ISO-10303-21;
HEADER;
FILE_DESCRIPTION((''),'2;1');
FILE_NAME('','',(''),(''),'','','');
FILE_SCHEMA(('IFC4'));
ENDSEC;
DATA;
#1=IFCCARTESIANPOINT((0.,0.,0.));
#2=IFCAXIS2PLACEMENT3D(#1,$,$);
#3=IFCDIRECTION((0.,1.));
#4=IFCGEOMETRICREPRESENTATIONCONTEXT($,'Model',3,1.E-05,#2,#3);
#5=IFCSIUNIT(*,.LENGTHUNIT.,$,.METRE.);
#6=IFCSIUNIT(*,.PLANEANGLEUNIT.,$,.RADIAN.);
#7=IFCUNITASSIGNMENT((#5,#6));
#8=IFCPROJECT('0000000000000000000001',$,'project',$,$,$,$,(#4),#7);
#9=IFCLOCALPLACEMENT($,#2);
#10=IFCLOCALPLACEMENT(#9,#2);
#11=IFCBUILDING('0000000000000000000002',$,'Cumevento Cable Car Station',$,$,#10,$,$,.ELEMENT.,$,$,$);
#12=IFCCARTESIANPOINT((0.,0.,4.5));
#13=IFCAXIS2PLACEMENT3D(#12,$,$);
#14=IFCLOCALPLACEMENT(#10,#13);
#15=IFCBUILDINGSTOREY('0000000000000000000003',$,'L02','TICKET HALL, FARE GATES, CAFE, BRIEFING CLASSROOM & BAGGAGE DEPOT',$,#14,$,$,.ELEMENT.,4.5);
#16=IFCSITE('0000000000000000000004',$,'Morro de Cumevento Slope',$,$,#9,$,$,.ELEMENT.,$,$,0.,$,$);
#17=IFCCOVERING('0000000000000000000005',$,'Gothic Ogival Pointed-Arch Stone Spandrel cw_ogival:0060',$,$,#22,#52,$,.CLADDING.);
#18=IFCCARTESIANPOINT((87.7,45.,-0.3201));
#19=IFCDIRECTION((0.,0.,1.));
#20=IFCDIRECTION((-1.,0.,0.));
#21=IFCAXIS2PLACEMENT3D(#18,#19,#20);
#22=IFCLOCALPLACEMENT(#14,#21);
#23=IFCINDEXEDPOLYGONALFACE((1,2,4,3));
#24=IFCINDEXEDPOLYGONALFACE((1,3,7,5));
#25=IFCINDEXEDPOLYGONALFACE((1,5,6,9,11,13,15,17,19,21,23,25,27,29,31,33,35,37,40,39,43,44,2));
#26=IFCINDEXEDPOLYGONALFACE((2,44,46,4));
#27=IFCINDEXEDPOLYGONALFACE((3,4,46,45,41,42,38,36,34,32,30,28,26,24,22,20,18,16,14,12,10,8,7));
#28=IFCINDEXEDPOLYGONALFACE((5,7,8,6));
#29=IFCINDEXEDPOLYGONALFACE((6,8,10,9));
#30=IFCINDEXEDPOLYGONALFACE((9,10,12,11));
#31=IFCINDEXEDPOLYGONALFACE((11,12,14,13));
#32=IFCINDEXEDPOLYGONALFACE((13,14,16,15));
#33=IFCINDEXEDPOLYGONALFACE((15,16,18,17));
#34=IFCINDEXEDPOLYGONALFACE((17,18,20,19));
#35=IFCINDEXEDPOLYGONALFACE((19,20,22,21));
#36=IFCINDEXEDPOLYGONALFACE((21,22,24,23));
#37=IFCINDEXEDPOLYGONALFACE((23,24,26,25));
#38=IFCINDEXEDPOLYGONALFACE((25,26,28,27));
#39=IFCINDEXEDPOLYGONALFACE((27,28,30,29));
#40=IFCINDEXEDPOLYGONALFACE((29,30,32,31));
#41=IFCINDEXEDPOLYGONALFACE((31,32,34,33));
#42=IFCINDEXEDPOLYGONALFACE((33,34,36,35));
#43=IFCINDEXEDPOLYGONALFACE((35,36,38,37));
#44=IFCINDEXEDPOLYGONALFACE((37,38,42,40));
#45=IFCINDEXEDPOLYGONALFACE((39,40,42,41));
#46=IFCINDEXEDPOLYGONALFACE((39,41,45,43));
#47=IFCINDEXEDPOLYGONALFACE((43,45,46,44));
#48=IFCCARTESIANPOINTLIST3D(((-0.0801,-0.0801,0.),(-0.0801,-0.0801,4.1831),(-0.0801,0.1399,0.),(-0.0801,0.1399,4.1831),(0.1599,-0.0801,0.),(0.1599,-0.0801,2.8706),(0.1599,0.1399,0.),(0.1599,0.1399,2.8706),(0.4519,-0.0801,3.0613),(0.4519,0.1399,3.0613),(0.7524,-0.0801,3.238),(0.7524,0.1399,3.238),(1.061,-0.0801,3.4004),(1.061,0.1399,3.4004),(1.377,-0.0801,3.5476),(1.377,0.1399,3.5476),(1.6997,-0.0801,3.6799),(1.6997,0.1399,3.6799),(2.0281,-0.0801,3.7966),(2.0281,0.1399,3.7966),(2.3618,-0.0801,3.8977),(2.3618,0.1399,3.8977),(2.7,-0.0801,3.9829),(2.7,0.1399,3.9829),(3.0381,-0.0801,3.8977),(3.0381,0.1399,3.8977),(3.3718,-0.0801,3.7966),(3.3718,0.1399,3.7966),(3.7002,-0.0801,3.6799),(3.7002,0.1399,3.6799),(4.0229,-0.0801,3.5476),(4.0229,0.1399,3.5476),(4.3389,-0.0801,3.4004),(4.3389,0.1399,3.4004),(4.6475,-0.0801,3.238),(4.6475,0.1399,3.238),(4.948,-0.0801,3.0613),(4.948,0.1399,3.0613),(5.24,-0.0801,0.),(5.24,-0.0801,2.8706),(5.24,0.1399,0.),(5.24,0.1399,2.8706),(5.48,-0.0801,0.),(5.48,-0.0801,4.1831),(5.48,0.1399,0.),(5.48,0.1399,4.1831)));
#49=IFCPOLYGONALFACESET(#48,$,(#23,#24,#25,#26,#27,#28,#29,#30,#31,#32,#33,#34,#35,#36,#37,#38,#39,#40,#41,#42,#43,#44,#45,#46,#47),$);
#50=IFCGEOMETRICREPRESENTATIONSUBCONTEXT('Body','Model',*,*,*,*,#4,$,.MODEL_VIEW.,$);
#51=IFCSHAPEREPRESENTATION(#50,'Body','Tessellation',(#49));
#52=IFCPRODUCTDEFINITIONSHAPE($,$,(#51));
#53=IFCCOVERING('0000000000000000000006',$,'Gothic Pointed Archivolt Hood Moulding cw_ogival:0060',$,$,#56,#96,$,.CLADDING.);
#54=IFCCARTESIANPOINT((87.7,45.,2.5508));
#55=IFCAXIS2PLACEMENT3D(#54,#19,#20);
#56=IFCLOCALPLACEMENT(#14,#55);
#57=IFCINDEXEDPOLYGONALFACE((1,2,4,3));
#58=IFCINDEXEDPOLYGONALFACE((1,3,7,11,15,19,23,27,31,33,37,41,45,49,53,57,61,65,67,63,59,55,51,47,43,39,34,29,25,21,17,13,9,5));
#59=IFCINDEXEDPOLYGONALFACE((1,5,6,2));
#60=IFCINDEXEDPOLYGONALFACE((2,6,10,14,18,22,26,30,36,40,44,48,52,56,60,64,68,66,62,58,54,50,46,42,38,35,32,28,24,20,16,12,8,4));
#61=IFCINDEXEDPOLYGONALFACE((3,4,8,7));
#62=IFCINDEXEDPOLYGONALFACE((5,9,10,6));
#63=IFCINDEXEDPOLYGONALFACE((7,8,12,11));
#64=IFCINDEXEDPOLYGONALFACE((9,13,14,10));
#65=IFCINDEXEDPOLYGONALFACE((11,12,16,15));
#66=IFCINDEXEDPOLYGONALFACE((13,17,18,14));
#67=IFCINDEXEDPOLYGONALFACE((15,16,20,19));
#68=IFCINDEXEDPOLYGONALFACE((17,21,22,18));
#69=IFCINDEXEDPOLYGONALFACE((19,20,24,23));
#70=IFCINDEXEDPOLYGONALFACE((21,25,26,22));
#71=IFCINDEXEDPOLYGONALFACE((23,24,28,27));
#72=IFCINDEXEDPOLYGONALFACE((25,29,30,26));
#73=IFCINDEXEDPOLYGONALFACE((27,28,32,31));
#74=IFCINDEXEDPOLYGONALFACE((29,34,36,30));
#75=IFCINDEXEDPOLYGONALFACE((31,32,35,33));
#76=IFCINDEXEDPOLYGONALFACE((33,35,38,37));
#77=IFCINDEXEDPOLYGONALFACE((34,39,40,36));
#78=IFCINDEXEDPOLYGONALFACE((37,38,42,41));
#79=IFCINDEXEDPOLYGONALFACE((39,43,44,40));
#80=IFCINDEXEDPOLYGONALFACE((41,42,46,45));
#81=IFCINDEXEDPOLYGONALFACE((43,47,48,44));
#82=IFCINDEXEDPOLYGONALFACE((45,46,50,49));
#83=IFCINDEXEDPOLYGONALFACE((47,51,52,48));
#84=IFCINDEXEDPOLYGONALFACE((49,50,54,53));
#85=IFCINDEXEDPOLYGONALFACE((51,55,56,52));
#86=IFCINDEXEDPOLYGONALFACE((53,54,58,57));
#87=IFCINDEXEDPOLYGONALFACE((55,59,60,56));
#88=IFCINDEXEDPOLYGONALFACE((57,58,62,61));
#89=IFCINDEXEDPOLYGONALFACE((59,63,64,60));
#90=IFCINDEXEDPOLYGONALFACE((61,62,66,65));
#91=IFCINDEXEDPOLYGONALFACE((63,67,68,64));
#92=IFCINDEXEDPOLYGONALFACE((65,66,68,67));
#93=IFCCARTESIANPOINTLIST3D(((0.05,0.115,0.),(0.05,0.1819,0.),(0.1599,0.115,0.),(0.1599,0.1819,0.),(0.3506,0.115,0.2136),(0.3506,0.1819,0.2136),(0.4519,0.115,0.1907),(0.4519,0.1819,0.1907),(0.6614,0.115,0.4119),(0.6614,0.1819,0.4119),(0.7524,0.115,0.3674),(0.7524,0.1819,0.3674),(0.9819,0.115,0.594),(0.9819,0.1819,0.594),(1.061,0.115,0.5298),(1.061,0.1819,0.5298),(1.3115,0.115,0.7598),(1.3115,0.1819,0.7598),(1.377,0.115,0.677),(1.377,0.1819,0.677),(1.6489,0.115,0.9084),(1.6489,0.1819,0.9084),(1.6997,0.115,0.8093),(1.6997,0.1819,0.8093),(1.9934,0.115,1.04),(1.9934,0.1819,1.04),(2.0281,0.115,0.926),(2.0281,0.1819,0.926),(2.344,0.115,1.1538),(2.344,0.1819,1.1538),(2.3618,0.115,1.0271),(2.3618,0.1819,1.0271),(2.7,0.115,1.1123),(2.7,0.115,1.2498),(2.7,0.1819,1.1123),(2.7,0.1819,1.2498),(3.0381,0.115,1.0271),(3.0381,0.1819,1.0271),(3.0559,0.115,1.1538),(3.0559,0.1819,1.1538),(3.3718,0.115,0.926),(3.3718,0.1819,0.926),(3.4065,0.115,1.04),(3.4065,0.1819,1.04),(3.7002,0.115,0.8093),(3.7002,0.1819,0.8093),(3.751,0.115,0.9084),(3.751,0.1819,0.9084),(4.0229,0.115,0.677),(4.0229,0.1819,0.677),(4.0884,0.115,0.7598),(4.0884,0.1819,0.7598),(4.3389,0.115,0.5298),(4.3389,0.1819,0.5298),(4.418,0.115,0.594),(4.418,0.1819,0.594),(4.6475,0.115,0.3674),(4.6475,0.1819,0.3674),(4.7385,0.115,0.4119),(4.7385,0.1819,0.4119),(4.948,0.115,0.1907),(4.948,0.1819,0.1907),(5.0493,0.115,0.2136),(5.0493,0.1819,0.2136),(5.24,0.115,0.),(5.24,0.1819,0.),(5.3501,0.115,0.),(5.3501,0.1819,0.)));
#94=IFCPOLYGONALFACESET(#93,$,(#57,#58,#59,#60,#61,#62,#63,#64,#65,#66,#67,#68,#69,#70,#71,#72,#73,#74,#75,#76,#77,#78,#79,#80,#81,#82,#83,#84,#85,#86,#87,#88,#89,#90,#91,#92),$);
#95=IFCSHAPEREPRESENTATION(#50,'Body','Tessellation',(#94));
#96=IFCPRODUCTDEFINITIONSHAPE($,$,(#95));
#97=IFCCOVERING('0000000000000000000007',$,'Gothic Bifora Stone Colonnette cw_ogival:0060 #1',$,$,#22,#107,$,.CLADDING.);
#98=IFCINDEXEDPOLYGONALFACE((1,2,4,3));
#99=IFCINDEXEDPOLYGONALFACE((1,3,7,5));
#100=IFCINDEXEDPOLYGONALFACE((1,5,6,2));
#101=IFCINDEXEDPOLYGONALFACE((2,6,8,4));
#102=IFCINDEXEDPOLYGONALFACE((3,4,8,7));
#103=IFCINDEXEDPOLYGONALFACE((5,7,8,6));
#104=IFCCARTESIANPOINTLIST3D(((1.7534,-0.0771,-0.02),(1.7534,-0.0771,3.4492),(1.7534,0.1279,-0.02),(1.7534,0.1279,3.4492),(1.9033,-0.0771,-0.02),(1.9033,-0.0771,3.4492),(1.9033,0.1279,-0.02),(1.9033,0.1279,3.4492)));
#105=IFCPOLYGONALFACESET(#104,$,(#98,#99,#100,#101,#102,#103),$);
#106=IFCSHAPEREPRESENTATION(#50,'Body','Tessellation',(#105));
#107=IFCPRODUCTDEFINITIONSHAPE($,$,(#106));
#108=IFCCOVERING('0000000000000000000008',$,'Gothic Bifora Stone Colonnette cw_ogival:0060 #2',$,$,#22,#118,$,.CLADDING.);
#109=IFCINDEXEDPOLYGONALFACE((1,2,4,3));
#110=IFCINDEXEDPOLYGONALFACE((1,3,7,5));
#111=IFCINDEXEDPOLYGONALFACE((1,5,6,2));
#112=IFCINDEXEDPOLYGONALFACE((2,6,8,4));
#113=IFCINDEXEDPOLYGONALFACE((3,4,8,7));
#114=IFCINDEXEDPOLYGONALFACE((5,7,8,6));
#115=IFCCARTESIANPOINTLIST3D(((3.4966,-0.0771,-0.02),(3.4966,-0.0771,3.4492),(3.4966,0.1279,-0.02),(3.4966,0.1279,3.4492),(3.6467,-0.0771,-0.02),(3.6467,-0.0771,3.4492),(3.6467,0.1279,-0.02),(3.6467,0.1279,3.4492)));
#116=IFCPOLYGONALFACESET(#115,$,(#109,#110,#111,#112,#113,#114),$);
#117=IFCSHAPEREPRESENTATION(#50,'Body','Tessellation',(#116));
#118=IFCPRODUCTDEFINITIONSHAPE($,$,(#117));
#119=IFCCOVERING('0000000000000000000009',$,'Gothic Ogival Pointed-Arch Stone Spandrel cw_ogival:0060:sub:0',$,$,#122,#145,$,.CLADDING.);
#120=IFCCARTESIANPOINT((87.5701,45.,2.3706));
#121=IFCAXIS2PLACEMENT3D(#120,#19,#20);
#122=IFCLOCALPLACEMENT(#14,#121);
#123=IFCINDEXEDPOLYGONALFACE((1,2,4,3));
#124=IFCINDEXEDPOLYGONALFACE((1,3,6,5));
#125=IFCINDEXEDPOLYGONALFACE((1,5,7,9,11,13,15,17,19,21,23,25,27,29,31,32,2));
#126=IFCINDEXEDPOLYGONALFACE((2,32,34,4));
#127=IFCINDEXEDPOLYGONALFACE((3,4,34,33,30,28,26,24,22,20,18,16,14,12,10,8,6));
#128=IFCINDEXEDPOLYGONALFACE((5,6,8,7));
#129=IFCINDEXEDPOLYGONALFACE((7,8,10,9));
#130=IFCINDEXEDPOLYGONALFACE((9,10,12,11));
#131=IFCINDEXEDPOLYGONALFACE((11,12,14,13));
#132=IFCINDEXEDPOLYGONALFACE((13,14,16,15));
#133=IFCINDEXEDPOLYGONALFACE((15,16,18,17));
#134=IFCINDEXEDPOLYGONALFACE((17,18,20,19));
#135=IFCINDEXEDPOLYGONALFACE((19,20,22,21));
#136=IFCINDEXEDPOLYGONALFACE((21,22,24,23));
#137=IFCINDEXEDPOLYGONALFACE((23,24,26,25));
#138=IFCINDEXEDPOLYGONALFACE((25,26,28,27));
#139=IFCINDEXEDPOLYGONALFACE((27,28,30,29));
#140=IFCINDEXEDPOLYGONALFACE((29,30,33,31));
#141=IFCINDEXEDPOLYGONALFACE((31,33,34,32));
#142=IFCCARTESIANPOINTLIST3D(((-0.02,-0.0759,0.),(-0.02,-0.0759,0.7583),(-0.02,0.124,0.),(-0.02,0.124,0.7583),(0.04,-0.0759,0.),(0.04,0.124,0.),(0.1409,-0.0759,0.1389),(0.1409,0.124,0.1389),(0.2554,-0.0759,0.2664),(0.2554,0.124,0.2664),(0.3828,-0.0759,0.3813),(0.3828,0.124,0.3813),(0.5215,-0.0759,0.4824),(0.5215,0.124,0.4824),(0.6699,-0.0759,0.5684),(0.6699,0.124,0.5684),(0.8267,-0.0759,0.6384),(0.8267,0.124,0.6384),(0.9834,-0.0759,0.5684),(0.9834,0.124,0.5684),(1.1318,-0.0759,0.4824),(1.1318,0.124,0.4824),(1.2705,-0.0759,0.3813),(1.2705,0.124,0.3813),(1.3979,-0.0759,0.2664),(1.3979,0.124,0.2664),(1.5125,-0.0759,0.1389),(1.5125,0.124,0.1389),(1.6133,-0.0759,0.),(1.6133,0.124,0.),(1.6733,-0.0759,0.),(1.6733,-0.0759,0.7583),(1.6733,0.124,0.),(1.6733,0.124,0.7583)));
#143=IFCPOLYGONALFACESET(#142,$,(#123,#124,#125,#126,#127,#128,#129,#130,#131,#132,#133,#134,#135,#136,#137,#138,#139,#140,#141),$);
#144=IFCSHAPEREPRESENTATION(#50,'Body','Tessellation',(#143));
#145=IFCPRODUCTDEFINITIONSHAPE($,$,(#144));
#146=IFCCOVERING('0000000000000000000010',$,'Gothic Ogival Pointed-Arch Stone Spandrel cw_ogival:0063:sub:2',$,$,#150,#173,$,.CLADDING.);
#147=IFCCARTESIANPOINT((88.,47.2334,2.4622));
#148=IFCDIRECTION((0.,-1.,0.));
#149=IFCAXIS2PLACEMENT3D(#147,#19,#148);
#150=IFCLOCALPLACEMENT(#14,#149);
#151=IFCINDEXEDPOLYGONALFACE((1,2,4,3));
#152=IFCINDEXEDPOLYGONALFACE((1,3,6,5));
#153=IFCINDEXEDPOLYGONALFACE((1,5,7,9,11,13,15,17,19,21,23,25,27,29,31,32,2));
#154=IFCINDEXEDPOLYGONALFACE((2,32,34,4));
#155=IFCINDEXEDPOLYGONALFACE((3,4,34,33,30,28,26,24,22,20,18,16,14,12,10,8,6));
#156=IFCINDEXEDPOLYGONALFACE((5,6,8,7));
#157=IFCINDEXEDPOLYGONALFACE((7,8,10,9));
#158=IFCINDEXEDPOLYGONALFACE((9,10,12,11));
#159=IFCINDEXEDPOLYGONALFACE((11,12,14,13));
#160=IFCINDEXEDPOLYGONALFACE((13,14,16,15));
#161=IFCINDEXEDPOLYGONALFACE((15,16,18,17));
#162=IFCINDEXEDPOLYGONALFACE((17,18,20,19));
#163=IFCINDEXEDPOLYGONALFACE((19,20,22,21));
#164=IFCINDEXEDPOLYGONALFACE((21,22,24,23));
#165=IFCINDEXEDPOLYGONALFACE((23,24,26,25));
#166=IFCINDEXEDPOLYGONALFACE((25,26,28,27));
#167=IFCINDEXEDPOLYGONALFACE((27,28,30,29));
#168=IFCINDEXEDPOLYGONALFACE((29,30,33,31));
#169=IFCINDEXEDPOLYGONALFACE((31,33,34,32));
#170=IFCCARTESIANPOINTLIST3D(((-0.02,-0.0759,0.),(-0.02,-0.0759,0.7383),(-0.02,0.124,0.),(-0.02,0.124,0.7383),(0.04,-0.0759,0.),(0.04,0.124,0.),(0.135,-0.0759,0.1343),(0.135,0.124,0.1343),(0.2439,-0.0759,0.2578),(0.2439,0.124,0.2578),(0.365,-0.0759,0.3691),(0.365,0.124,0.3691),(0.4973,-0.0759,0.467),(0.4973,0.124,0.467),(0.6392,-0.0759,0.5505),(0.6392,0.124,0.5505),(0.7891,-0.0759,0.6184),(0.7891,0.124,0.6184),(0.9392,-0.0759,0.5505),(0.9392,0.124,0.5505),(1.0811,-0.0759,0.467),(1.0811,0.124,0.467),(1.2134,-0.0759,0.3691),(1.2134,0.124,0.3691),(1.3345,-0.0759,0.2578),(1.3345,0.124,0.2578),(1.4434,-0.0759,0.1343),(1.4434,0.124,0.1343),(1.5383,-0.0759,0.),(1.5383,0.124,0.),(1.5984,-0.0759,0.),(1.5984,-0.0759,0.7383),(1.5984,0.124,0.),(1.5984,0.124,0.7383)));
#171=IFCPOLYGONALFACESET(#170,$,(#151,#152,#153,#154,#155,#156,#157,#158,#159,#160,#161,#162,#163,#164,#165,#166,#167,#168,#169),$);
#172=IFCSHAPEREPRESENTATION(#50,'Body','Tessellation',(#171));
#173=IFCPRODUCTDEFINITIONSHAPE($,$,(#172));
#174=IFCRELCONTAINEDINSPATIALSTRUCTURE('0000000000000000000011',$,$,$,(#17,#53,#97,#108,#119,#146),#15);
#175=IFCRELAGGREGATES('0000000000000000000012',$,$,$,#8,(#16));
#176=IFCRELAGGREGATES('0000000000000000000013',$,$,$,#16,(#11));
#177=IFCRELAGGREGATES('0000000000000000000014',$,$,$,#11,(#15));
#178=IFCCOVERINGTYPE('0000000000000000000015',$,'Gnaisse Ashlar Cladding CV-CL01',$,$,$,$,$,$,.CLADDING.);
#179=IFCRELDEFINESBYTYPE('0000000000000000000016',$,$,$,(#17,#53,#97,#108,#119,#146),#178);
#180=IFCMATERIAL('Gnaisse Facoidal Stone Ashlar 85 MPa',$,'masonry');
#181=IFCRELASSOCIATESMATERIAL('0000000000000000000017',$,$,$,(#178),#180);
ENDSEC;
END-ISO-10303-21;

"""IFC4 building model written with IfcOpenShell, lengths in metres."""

from ifc_helpers import new_model, si_unit, direction, frame, origin, place, context, subcontext, project, spatial, polyline, outline, extrude, material, type_object, element, save


model = new_model("IFC4")

# Units and contexts
model_context = context("Model", 3, precision=1e-05, world=origin(), true_north=direction((0.0, 1.0)))
body_context = subcontext(model_context, "Body", "Model", "MODEL_VIEW")
ifc_project = project(units=[si_unit("LENGTHUNIT", "METRE"), si_unit("PLANEANGLEUNIT", "RADIAN")], contexts=[model_context])

# Site, building, storey
site_placement = place(None, origin())
site = spatial("IfcSite", under=ifc_project, at=site_placement, Name="Morro de Cumevento Slope", CompositionType="ELEMENT", RefElevation=0.0)
building_placement = place(site_placement, origin())
building = spatial("IfcBuilding", under=site, at=building_placement, Name="Cumevento Cable Car Station", CompositionType="ELEMENT")
storey_placement = place(building_placement, frame((0.0, 0.0, 4.5)))
storey = spatial("IfcBuildingStorey", under=building, at=storey_placement, Name="L02", Description="TICKET HALL, FARE GATES, CAFE, BRIEFING CLASSROOM & BAGGAGE DEPOT", CompositionType="ELEMENT", Elevation=4.5)

# Coverings
ifc_material_1 = material(Name="Gnaisse Facoidal Stone Ashlar 85 MPa", Category="masonry")
covering_type = type_object("IfcCoveringType", Name="Gnaisse Ashlar Cladding CV-CL01", PredefinedType="CLADDING", material=ifc_material_1)
placement = place(storey_placement, frame((87.7, 45.0, -0.3201), z_axis=(0.0, 0.0, 1.0), x_axis=(-1.0, 0.0, 0.0)))
element("IfcCovering", 1, at=placement, inside=storey, type_object=covering_type, Name="Gothic Ogival Pointed-Arch Stone Spandrel cw_ogival:0060", PredefinedType="CLADDING", context=body_context, shape_type="SweptSolid", body=[
    extrude(outline(polyline([(-0.0801, 0.0), (-0.0801, 4.1831), (5.48, 4.1831), (5.48, 0.0), (5.24, 0.0), (5.24, 2.8706), (4.948, 3.0613), (4.6475, 3.238), (4.3389, 3.4004), (4.0229, 3.5476), (3.7002, 3.6799), (3.3718, 3.7966), (3.0381, 3.8977), (2.7, 3.9829), (2.3618, 3.8977), (2.0281, 3.7966), (1.6997, 3.6799), (1.377, 3.5476), (1.061, 3.4004), (0.7524, 3.238), (0.4519, 3.0613), (0.1599, 2.8706), (0.1599, 0.0), (-0.0801, 0.0)])), frame((0.0, 0.1399, 0.0), z_axis=(0.0, -1.0, 0.0), x_axis=(1.0, 0.0, 0.0)), (0.0, 0.0, 1.0), 0.22),
])
covering_1_placement = place(storey_placement, frame((87.7, 45.0, 2.5508), z_axis=(0.0, 0.0, 1.0), x_axis=(-1.0, 0.0, 0.0)))
element("IfcCovering", 2, at=covering_1_placement, inside=storey, type_object=covering_type, Name="Gothic Pointed Archivolt Hood Moulding cw_ogival:0060", PredefinedType="CLADDING", context=body_context, shape_type="SweptSolid", body=[
    extrude(outline(polyline([(0.1599, 0.0), (0.4519, 0.1907), (0.7524, 0.3674), (1.061, 0.5298), (1.377, 0.677), (1.6997, 0.8093), (2.0281, 0.926), (2.3618, 1.0271), (2.7, 1.1123), (3.0381, 1.0271), (3.3718, 0.926), (3.7002, 0.8093), (4.0229, 0.677), (4.3389, 0.5298), (4.6475, 0.3674), (4.948, 0.1907), (5.24, 0.0), (5.3501, 0.0), (5.0493, 0.2136), (4.7385, 0.4119), (4.418, 0.594), (4.0884, 0.7598), (3.751, 0.9084), (3.4065, 1.04), (3.0559, 1.1538), (2.7, 1.2498), (2.344, 1.1538), (1.9934, 1.04), (1.6489, 0.9084), (1.3115, 0.7598), (0.9819, 0.594), (0.6614, 0.4119), (0.3506, 0.2136), (0.05, 0.0), (0.1599, 0.0)])), frame((0.0, 0.1819, 0.0), z_axis=(0.0, -1.0, 0.0), x_axis=(1.0, 0.0, 0.0)), (0.0, 0.0, 1.0), 0.0669),
])
element("IfcCovering", 3, at=placement, inside=storey, type_object=covering_type, Name="Gothic Bifora Stone Colonnette cw_ogival:0060 #1", PredefinedType="CLADDING", context=body_context, shape_type="SweptSolid", body=[
    extrude(outline(polyline([(1.7534, -0.02), (1.9033, -0.02), (1.9033, 3.4492), (1.7534, 3.4492), (1.7534, -0.02)])), frame((0.0, 0.1279, 0.0), z_axis=(0.0, -1.0, 0.0), x_axis=(1.0, 0.0, 0.0)), (0.0, 0.0, 1.0), 0.2051),
])
element("IfcCovering", 4, at=placement, inside=storey, type_object=covering_type, Name="Gothic Bifora Stone Colonnette cw_ogival:0060 #2", PredefinedType="CLADDING", context=body_context, shape_type="SweptSolid", body=[
    extrude(outline(polyline([(3.4966, -0.02), (3.6467, -0.02), (3.6467, 3.4492), (3.4966, 3.4492), (3.4966, -0.02)])), frame((0.0, 0.1279, 0.0), z_axis=(0.0, -1.0, 0.0), x_axis=(1.0, 0.0, 0.0)), (0.0, 0.0, 1.0), 0.2051),
])
covering_2_placement = place(storey_placement, frame((87.5701, 45.0, 2.3706), z_axis=(0.0, 0.0, 1.0), x_axis=(-1.0, 0.0, 0.0)))
element("IfcCovering", 5, at=covering_2_placement, inside=storey, type_object=covering_type, Name="Gothic Ogival Pointed-Arch Stone Spandrel cw_ogival:0060:sub:0", PredefinedType="CLADDING", context=body_context, shape_type="SweptSolid", body=[
    extrude(outline(polyline([(-0.02, 0.0), (-0.02, 0.7583), (1.6733, 0.7583), (1.6733, 0.0), (1.6133, 0.0), (1.5125, 0.1389), (1.3979, 0.2664), (1.2705, 0.3813), (1.1318, 0.4824), (0.9834, 0.5684), (0.8267, 0.6384), (0.6699, 0.5684), (0.5215, 0.4824), (0.3828, 0.3813), (0.2554, 0.2664), (0.1409, 0.1389), (0.04, 0.0), (-0.02, 0.0)])), frame((0.0, 0.124, 0.0), z_axis=(0.0, -1.0, 0.0), x_axis=(1.0, 0.0, 0.0)), (0.0, 0.0, 1.0), 0.2),
])
covering_3_placement = place(storey_placement, frame((88.0, 47.2334, 2.4622), z_axis=(0.0, 0.0, 1.0), x_axis=(0.0, -1.0, 0.0)))
element("IfcCovering", 6, at=covering_3_placement, inside=storey, type_object=covering_type, Name="Gothic Ogival Pointed-Arch Stone Spandrel cw_ogival:0063:sub:2", PredefinedType="CLADDING", context=body_context, shape_type="SweptSolid", body=[
    extrude(outline(polyline([(-0.02, 0.0), (-0.02, 0.7383), (1.5984, 0.7383), (1.5984, 0.0), (1.5383, 0.0), (1.4434, 0.1343), (1.3345, 0.2578), (1.2134, 0.3691), (1.0811, 0.467), (0.9392, 0.5505), (0.7891, 0.6184), (0.6392, 0.5505), (0.4973, 0.467), (0.365, 0.3691), (0.2439, 0.2578), (0.135, 0.1343), (0.04, 0.0), (-0.02, 0.0)])), frame((0.0, 0.124, 0.0), z_axis=(0.0, -1.0, 0.0), x_axis=(1.0, 0.0, 0.0)), (0.0, 0.0, 1.0), 0.2),
])

save(model, "model.ifc")
